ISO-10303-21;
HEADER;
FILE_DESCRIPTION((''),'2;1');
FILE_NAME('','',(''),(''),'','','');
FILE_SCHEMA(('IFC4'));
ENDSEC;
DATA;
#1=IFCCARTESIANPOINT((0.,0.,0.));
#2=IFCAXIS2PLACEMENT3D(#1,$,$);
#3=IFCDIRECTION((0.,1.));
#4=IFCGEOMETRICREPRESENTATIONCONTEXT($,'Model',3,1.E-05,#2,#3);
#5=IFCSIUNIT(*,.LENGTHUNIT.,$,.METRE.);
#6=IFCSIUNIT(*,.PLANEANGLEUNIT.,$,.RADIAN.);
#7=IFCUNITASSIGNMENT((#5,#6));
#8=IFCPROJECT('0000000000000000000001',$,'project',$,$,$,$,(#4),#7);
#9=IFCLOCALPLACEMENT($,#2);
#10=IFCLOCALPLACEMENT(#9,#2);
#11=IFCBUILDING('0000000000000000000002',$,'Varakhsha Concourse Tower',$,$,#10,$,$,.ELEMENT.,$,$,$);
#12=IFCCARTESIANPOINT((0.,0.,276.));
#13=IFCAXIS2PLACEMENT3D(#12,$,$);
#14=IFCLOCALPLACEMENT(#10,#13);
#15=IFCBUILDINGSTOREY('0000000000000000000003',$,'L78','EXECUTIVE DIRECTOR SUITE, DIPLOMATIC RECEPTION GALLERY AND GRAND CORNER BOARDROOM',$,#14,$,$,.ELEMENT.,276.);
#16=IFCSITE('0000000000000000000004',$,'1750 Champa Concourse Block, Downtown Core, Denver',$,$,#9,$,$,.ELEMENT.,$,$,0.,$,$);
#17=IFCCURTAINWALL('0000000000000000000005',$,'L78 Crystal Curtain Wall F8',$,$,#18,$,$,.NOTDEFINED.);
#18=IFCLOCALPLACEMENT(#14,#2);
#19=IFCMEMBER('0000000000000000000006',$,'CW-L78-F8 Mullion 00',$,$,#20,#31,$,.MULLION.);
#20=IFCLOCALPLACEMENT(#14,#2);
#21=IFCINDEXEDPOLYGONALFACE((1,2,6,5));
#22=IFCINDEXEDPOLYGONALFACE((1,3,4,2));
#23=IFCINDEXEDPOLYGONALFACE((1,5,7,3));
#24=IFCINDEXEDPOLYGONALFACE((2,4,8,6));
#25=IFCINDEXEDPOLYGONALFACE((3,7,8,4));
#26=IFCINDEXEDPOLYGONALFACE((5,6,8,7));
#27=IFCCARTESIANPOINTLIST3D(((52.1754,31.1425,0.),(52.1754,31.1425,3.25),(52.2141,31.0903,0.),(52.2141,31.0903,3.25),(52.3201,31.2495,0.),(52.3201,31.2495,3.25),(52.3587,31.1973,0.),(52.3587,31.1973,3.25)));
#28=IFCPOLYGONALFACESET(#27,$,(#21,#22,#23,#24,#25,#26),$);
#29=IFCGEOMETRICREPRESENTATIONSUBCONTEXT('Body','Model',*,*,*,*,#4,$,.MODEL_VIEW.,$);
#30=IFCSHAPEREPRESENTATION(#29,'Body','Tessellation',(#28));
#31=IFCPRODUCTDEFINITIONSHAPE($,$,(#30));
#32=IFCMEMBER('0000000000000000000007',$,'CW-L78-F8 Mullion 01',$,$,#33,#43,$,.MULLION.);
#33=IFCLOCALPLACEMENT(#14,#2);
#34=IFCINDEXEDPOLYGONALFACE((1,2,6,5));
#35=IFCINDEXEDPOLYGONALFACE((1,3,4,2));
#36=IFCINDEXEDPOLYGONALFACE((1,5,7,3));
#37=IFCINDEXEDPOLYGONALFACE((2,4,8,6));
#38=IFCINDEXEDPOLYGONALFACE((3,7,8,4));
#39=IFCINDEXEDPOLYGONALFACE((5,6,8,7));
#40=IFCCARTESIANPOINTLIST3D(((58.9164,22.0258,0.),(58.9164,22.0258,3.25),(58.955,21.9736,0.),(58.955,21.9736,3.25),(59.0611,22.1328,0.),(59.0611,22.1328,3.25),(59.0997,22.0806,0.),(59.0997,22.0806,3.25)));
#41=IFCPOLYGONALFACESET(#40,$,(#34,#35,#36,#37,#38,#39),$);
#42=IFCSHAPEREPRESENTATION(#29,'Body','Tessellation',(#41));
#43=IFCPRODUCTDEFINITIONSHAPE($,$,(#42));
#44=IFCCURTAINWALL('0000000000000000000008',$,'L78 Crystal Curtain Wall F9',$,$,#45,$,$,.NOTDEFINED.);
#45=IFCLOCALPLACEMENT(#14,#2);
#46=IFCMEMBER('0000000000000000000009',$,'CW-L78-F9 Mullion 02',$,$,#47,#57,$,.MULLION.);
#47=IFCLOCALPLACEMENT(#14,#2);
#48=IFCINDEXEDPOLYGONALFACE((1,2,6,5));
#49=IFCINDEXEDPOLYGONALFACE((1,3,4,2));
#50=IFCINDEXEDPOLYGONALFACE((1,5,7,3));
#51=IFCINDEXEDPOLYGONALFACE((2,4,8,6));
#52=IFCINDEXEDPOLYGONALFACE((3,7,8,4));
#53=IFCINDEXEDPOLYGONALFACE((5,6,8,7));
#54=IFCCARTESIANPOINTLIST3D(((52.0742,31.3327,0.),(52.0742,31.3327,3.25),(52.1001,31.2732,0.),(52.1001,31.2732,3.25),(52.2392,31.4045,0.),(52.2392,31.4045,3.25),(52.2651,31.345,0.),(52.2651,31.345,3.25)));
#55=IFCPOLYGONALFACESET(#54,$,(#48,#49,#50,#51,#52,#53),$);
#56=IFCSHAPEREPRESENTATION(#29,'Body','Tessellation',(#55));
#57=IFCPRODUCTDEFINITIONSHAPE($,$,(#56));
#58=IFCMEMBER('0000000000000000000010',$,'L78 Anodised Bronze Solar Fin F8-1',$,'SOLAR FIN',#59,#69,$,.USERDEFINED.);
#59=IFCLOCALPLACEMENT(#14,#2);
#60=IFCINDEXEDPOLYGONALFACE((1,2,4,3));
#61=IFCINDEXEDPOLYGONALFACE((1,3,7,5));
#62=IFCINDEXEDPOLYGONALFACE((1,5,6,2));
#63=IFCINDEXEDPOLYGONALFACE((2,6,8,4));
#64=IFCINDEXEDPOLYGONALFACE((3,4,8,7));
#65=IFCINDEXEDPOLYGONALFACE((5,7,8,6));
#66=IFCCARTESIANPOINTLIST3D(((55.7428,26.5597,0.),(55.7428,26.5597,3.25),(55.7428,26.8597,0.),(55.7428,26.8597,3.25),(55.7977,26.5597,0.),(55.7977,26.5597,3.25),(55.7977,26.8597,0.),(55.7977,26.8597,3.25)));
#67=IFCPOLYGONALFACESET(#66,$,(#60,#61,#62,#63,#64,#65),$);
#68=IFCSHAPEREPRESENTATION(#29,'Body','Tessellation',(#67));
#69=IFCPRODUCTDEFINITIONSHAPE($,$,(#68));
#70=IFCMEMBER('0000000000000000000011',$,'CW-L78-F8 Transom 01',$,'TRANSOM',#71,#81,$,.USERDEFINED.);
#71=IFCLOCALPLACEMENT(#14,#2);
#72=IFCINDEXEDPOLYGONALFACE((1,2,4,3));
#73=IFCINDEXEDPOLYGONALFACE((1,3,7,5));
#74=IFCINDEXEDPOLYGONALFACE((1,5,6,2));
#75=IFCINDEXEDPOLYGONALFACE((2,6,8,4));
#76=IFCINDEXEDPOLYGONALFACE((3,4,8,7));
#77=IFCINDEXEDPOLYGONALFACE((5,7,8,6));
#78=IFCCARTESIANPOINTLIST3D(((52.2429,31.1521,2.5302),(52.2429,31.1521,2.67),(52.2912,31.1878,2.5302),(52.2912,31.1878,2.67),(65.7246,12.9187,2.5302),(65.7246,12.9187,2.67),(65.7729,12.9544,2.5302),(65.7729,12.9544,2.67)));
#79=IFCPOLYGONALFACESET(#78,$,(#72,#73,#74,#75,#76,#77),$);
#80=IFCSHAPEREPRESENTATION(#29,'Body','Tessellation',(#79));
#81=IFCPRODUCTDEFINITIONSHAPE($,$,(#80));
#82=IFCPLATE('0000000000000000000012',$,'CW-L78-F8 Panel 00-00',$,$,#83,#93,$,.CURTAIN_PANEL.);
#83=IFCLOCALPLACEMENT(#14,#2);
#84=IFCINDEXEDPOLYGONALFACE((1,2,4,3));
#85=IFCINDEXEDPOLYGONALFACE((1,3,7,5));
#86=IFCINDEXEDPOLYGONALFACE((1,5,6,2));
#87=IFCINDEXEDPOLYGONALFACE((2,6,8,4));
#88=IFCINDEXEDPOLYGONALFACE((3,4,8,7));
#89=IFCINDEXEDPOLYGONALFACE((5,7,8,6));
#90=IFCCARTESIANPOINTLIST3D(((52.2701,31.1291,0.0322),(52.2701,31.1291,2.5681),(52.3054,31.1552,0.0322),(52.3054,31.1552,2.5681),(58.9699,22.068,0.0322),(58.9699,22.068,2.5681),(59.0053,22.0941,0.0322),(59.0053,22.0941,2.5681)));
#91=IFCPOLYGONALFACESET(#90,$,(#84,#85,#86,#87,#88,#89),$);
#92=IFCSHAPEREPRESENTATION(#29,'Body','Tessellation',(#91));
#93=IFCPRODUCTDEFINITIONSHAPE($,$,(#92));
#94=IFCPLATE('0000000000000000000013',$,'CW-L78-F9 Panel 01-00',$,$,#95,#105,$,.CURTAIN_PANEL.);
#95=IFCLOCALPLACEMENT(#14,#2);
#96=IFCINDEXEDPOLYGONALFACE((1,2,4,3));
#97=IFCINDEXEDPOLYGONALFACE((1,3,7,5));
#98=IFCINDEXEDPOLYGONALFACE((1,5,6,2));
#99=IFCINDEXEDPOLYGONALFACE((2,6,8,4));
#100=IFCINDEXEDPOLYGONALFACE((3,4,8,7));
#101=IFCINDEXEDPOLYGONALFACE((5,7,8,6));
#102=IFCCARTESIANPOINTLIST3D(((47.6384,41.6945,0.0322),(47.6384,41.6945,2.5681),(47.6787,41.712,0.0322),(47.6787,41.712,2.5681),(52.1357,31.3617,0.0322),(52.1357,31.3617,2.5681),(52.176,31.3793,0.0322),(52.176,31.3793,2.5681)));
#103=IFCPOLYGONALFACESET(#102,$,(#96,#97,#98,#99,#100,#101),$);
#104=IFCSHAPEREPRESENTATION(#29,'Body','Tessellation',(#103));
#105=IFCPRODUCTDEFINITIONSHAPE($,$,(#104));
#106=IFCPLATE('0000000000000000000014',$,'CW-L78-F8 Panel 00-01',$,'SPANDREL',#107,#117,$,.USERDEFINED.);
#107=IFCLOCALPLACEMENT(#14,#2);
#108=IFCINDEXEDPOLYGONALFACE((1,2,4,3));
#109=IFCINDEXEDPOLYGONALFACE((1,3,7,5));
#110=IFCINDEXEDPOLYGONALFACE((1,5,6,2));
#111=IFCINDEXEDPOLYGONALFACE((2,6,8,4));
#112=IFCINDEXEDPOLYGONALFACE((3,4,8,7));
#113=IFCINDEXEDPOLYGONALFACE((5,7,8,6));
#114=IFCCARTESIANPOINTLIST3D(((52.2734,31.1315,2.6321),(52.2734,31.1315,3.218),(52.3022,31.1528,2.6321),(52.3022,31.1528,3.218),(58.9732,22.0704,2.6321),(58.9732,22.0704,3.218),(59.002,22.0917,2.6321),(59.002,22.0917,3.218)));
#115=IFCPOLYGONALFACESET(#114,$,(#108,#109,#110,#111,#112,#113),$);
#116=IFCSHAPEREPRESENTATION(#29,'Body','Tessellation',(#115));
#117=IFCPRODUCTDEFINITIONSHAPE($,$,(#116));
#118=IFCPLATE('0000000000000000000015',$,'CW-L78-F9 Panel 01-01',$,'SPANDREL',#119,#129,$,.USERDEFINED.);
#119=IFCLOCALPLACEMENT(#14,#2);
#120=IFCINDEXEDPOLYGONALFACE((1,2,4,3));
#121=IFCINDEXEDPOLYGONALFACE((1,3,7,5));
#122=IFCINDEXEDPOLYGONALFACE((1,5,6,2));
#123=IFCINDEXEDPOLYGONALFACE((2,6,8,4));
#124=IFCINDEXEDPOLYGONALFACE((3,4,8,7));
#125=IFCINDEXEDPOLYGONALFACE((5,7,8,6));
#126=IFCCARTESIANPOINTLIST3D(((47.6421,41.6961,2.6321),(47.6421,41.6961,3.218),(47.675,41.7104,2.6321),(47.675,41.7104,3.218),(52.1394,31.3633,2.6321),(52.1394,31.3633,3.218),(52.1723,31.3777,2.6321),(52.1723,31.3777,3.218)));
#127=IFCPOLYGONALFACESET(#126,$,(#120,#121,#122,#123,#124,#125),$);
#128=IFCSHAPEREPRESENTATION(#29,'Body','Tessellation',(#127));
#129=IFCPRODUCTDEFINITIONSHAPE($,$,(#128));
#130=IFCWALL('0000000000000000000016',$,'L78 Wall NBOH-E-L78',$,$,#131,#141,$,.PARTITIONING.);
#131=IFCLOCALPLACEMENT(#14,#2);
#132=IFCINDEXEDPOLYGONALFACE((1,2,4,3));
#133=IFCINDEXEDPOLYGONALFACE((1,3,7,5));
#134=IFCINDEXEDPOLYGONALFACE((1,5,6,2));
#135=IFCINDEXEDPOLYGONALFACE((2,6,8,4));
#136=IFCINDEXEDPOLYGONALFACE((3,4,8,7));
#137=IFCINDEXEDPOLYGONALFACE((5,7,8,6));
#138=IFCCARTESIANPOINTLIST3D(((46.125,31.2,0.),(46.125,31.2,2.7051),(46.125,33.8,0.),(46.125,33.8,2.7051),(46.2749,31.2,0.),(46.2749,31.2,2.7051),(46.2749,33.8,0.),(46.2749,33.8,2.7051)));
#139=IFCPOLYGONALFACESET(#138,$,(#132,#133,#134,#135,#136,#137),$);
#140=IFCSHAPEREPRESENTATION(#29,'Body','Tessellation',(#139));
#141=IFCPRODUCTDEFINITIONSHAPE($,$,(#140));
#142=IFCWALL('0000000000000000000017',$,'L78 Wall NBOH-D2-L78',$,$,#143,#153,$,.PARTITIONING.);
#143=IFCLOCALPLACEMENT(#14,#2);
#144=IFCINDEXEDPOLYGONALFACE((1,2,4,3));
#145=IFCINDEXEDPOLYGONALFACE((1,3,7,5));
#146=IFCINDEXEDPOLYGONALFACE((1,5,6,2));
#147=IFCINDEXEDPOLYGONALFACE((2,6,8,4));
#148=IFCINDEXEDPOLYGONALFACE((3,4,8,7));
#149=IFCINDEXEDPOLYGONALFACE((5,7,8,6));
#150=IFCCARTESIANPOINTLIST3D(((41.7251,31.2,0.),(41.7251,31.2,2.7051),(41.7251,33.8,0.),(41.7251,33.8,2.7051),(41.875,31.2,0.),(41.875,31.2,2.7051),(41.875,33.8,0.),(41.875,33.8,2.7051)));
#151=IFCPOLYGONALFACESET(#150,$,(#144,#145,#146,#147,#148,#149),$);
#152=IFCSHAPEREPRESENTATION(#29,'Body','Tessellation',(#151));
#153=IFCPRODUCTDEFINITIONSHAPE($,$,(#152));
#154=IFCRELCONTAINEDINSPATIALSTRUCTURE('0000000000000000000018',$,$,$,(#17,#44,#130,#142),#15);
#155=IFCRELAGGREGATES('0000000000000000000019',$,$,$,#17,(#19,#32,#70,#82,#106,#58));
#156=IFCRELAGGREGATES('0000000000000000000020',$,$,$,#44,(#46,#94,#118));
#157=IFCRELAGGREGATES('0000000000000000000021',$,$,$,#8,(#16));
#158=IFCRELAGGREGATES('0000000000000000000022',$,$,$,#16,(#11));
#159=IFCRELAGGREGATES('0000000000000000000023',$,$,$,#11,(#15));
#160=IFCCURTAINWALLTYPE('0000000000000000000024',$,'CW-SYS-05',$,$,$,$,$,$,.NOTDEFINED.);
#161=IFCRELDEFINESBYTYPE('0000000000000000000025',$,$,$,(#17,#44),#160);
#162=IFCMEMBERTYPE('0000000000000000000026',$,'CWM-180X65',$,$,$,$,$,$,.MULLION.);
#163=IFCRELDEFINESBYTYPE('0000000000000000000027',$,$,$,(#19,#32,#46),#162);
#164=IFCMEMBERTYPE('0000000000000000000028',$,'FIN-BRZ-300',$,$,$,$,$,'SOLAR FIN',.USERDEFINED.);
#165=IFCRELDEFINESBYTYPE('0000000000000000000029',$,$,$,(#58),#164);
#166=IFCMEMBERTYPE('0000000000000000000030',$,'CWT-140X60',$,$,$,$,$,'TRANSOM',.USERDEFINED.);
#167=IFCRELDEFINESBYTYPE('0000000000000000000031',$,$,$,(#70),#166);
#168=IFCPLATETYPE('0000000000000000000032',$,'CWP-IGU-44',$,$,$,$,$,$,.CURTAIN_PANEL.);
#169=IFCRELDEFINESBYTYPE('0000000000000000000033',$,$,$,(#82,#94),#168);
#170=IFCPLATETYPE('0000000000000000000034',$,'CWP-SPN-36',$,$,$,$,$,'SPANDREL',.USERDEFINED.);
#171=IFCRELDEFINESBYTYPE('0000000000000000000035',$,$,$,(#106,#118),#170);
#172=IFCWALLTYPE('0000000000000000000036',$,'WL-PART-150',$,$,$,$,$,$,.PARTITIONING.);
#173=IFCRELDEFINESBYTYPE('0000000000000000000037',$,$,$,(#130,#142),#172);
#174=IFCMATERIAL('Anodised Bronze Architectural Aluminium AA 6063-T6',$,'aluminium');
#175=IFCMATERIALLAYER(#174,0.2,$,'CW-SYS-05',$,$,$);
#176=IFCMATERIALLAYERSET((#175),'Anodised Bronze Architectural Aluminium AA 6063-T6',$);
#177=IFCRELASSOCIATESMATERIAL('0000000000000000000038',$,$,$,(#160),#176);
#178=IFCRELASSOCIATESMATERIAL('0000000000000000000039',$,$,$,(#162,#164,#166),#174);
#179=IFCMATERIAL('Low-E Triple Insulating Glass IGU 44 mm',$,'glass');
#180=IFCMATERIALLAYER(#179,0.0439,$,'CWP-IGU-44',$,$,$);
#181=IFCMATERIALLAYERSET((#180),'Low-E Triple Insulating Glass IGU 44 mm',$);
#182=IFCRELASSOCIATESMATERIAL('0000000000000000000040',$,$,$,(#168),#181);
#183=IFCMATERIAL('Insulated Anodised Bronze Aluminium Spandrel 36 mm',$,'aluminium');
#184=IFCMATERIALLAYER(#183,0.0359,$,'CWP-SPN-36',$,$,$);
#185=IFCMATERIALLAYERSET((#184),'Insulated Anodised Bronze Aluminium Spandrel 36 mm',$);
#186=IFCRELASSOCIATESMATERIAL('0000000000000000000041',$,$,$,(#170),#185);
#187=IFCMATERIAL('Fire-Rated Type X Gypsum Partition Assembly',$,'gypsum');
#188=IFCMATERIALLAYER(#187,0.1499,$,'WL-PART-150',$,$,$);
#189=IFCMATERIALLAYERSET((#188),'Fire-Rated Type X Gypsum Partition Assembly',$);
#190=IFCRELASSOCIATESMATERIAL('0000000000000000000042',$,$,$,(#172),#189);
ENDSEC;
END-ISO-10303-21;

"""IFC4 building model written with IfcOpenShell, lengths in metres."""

from ifc_helpers import new_model, si_unit, direction, frame, frame_2d, origin, origin_2d, place, context, subcontext, project, spatial, rectangle, extrude, source, transform, mapped, material, layer, layer_set, material_profile, profile_set, type_object, type_shapes, element, aggregate, save


model = new_model("IFC4")

# Units and contexts
model_context = context("Model", 3, precision=1e-05, world=origin(), true_north=direction((0.0, 1.0)))
body_context = subcontext(model_context, "Body", "Model", "MODEL_VIEW")
ifc_project = project(units=[si_unit("LENGTHUNIT", "METRE"), si_unit("PLANEANGLEUNIT", "RADIAN")], contexts=[model_context])

# Site, building, storey
site_placement = place(None, origin())
site = spatial("IfcSite", under=ifc_project, at=site_placement, Name="1750 Champa Concourse Block, Downtown Core, Denver", CompositionType="ELEMENT", RefElevation=0.0)
building_placement = place(site_placement, origin())
building = spatial("IfcBuilding", under=site, at=building_placement, Name="Varakhsha Concourse Tower", CompositionType="ELEMENT")
storey_placement = place(building_placement, frame((0.0, 0.0, 276.0)))
storey = spatial("IfcBuildingStorey", under=building, at=storey_placement, Name="L78", Description="EXECUTIVE DIRECTOR SUITE, DIPLOMATIC RECEPTION GALLERY AND GRAND CORNER BOARDROOM", CompositionType="ELEMENT", Elevation=276.0)

# Curtain wall, members
ifc_material_1 = material(Name="Anodised Bronze Architectural Aluminium AA 6063-T6", Category="aluminium")
ifc_layer_1 = layer(ifc_material_1, 0.2, Name="CW-SYS-05")
ifc_layer_set_1 = layer_set([ifc_layer_1], Name="Anodised Bronze Architectural Aluminium AA 6063-T6")
curtain_wall_type = type_object("IfcCurtainWallType", Name="CW-SYS-05", PredefinedType="NOTDEFINED", material=ifc_layer_set_1)
curtain_wall_1_placement = place(storey_placement, origin())
curtain_wall_1 = element("IfcCurtainWall", 1, at=curtain_wall_1_placement, inside=storey, type_object=curtain_wall_type, Name="L78 Crystal Curtain Wall F8", PredefinedType="NOTDEFINED")
ifc_material_profile_1 = material_profile(ifc_material_1, rectangle(XDim=0.0649, YDim=0.1799, at=origin_2d()), Name="CWM-180X65")
ifc_profile_set_1 = profile_set([ifc_material_profile_1], Name="Anodised Bronze Architectural Aluminium AA 6063-T6")
member_type_1 = type_object("IfcMemberType", Name="CWM-180X65", PredefinedType="MULLION", material=ifc_profile_set_1)
shared_shape_1 = source(origin(), body_context, "Body", "SweptSolid", [
    extrude(rectangle(XDim=0.0649, YDim=0.1799, at=origin_2d()), origin(), (0.0, 0.0, 1.0), 3.25),
])
type_shapes(member_type_1, [shared_shape_1])
member_1_placement = place(storey_placement, frame((52.2671, 31.1699, 0.0), z_axis=(0.0, 0.0, 1.0), x_axis=(0.594534, -0.804071, 0.0)))
member_1 = element("IfcMember", 2, at=member_1_placement, type_object=member_type_1, Name="CW-L78-F8 Mullion 00", PredefinedType="MULLION", context=body_context, shape_type="MappedRepresentation", body=[
    mapped(shared_shape_1, transform((0.0, 0.0, 0.0), scale=1.0)),
])
member_2_placement = place(storey_placement, frame((59.0081, 22.0532, 0.0), z_axis=(0.0, 0.0, 1.0), x_axis=(0.594534, -0.804071, 0.0)))
member_2 = element("IfcMember", 3, at=member_2_placement, type_object=member_type_1, Name="CW-L78-F8 Mullion 01", PredefinedType="MULLION", context=body_context, shape_type="MappedRepresentation", body=[
    mapped(shared_shape_1, transform((0.0, 0.0, 0.0), scale=1.0)),
])

# Curtain wall, member
curtain_wall_2_placement = place(storey_placement, origin())
curtain_wall_2 = element("IfcCurtainWall", 4, at=curtain_wall_2_placement, inside=storey, type_object=curtain_wall_type, Name="L78 Crystal Curtain Wall F9", PredefinedType="NOTDEFINED")
member_3_placement = place(storey_placement, frame((52.1697, 31.3389, 0.0), z_axis=(0.0, 0.0, 1.0), x_axis=(0.399084, -0.916915, 0.0)))
member_3 = element("IfcMember", 5, at=member_3_placement, type_object=member_type_1, Name="CW-L78-F9 Mullion 02", PredefinedType="MULLION", context=body_context, shape_type="MappedRepresentation", body=[
    mapped(shared_shape_1, transform((0.0, 0.0, 0.0), scale=1.0)),
])

# Members
ifc_material_profile_2 = material_profile(ifc_material_1, rectangle(XDim=0.0549, YDim=0.3, at=origin_2d()), Name="FIN-BRZ-300")
ifc_profile_set_2 = profile_set([ifc_material_profile_2], Name="Anodised Bronze Architectural Aluminium AA 6063-T6")
member_type_2 = type_object("IfcMemberType", Name="FIN-BRZ-300", ElementType="SOLAR FIN", PredefinedType="USERDEFINED", material=ifc_profile_set_2)
shared_shape_2 = source(origin(), body_context, "Body", "SweptSolid", [
    extrude(rectangle(XDim=0.0549, YDim=0.3, at=origin_2d()), origin(), (0.0, 0.0, 1.0), 3.25),
])
type_shapes(member_type_2, [shared_shape_2])
member_4_placement = place(storey_placement, frame((55.7703, 26.7097, 0.0), z_axis=(0.0, 0.0, 1.0), x_axis=(1.0, 0.0, 0.0)))
member_4 = element("IfcMember", 6, at=member_4_placement, type_object=member_type_2, Name="L78 Anodised Bronze Solar Fin F8-1", ObjectType="SOLAR FIN", PredefinedType="USERDEFINED", context=body_context, shape_type="MappedRepresentation", body=[
    mapped(shared_shape_2, transform((0.0, 0.0, 0.0), scale=1.0)),
])
ifc_material_profile_3 = material_profile(ifc_material_1, rectangle(XDim=0.0601, YDim=0.1399, at=origin_2d()), Name="CWT-140X60")
ifc_profile_set_3 = profile_set([ifc_material_profile_3], Name="Anodised Bronze Architectural Aluminium AA 6063-T6")
member_type_3 = type_object("IfcMemberType", Name="CWT-140X60", ElementType="TRANSOM", PredefinedType="USERDEFINED", material=ifc_profile_set_3)
shared_shape_3 = source(origin(), body_context, "Body", "SweptSolid", [
    extrude(rectangle(XDim=0.0601, YDim=0.1399, at=origin_2d()), origin(), (0.0, 0.0, 1.0), 22.6763),
])
type_shapes(member_type_3, [shared_shape_3])
member_5_placement = place(storey_placement, frame((52.2671, 31.1699, 2.6001), z_axis=(0.594529, -0.804074, 0.0), x_axis=(0.804074, 0.594529, 0.0)))
member_5 = element("IfcMember", 7, at=member_5_placement, type_object=member_type_3, Name="CW-L78-F8 Transom 01", ObjectType="TRANSOM", PredefinedType="USERDEFINED", context=body_context, shape_type="MappedRepresentation", body=[
    mapped(shared_shape_3, transform((0.0, 0.0, 0.0), scale=1.0)),
])

# Plates
ifc_material_2 = material(Name="Low-E Triple Insulating Glass IGU 44 mm", Category="glass")
ifc_layer_2 = layer(ifc_material_2, 0.0439, Name="CWP-IGU-44")
ifc_layer_set_2 = layer_set([ifc_layer_2], Name="Low-E Triple Insulating Glass IGU 44 mm")
plate_type_1 = type_object("IfcPlateType", Name="CWP-IGU-44", PredefinedType="CURTAIN_PANEL", material=ifc_layer_set_2)
shared_shape_4 = source(origin(), body_context, "Body", "SweptSolid", [
    extrude(rectangle(XDim=11.269, YDim=0.0439, at=origin_2d()), origin(), (0.0, 0.0, 1.0), 2.5359),
])
type_shapes(plate_type_1, [shared_shape_4])
plate_1_placement = place(storey_placement, frame((55.6377, 26.6116, 0.0322), z_axis=(0.0, 0.0, 1.0), x_axis=(0.594534, -0.804071, 0.0)))
plate_1 = element("IfcPlate", 8, at=plate_1_placement, type_object=plate_type_1, Name="CW-L78-F8 Panel 00-00", PredefinedType="CURTAIN_PANEL", context=body_context, shape_type="MappedRepresentation", body=[
    mapped(shared_shape_4, transform((0.0, 0.0, 0.0), scale=1.0)),
])
plate_2_placement = place(storey_placement, frame((49.9072, 36.5369, 0.0322), z_axis=(0.0, 0.0, 1.0), x_axis=(0.399084, -0.916915, 0.0)))
plate_2 = element("IfcPlate", 9, at=plate_2_placement, type_object=plate_type_1, Name="CW-L78-F9 Panel 01-00", PredefinedType="CURTAIN_PANEL", context=body_context, shape_type="MappedRepresentation", body=[
    mapped(shared_shape_4, transform((0.0, 0.0, 0.0), scale=1.0)),
])
ifc_material_3 = material(Name="Insulated Anodised Bronze Aluminium Spandrel 36 mm", Category="aluminium")
ifc_layer_3 = layer(ifc_material_3, 0.0359, Name="CWP-SPN-36")
ifc_layer_set_3 = layer_set([ifc_layer_3], Name="Insulated Anodised Bronze Aluminium Spandrel 36 mm")
plate_type_2 = type_object("IfcPlateType", Name="CWP-SPN-36", ElementType="SPANDREL", PredefinedType="USERDEFINED", material=ifc_layer_set_3)
shared_shape_5 = source(origin(), body_context, "Body", "SweptSolid", [
    extrude(rectangle(XDim=11.269, YDim=0.0359, at=origin_2d()), origin(), (0.0, 0.0, 1.0), 0.5859),
])
type_shapes(plate_type_2, [shared_shape_5])
plate_3_placement = place(storey_placement, frame((55.6377, 26.6116, 2.6321), z_axis=(0.0, 0.0, 1.0), x_axis=(0.594534, -0.804071, 0.0)))
plate_3 = element("IfcPlate", 10, at=plate_3_placement, type_object=plate_type_2, Name="CW-L78-F8 Panel 00-01", ObjectType="SPANDREL", PredefinedType="USERDEFINED", context=body_context, shape_type="MappedRepresentation", body=[
    mapped(shared_shape_5, transform((0.0, 0.0, 0.0), scale=1.0)),
])
aggregate(curtain_wall_1, [member_1, member_2, member_5, plate_1, plate_3, member_4])
plate_4_placement = place(storey_placement, frame((49.9072, 36.5369, 2.6321), z_axis=(0.0, 0.0, 1.0), x_axis=(0.399084, -0.916915, 0.0)))
plate_4 = element("IfcPlate", 11, at=plate_4_placement, type_object=plate_type_2, Name="CW-L78-F9 Panel 01-01", ObjectType="SPANDREL", PredefinedType="USERDEFINED", context=body_context, shape_type="MappedRepresentation", body=[
    mapped(shared_shape_5, transform((0.0, 0.0, 0.0), scale=1.0)),
])
aggregate(curtain_wall_2, [member_3, plate_2, plate_4])

# Walls
ifc_material_4 = material(Name="Fire-Rated Type X Gypsum Partition Assembly", Category="gypsum")
ifc_layer_4 = layer(ifc_material_4, 0.1499, Name="WL-PART-150")
ifc_layer_set_4 = layer_set([ifc_layer_4], Name="Fire-Rated Type X Gypsum Partition Assembly")
wall_type_1 = type_object("IfcWallType", Name="WL-PART-150", PredefinedType="PARTITIONING", material=ifc_layer_set_4)
for number, where, z_axis, x_axis, name in (
    (12, (46.2, 31.2, 0.0), (0.0, 0.0, 1.0), (0.0, 1.0, 0.0), "L78 Wall NBOH-E-L78"),
    (13, (41.8, 31.2, 0.0), (0.0, 0.0, 1.0), (0.0, 1.0, 0.0), "L78 Wall NBOH-D2-L78"),
):
    element("IfcWall", number, at=place(storey_placement, frame(where, z_axis=z_axis, x_axis=x_axis)), inside=storey, type_object=wall_type_1, Name=name, PredefinedType="PARTITIONING", context=body_context, shape_type="SweptSolid", body=[
        extrude(rectangle(XDim=2.6001, YDim=0.1499, at=frame_2d((1.3, 0.0))), origin(), (0.0, 0.0, 1.0), 2.7051),
    ])

save(model, "model.ifc")
